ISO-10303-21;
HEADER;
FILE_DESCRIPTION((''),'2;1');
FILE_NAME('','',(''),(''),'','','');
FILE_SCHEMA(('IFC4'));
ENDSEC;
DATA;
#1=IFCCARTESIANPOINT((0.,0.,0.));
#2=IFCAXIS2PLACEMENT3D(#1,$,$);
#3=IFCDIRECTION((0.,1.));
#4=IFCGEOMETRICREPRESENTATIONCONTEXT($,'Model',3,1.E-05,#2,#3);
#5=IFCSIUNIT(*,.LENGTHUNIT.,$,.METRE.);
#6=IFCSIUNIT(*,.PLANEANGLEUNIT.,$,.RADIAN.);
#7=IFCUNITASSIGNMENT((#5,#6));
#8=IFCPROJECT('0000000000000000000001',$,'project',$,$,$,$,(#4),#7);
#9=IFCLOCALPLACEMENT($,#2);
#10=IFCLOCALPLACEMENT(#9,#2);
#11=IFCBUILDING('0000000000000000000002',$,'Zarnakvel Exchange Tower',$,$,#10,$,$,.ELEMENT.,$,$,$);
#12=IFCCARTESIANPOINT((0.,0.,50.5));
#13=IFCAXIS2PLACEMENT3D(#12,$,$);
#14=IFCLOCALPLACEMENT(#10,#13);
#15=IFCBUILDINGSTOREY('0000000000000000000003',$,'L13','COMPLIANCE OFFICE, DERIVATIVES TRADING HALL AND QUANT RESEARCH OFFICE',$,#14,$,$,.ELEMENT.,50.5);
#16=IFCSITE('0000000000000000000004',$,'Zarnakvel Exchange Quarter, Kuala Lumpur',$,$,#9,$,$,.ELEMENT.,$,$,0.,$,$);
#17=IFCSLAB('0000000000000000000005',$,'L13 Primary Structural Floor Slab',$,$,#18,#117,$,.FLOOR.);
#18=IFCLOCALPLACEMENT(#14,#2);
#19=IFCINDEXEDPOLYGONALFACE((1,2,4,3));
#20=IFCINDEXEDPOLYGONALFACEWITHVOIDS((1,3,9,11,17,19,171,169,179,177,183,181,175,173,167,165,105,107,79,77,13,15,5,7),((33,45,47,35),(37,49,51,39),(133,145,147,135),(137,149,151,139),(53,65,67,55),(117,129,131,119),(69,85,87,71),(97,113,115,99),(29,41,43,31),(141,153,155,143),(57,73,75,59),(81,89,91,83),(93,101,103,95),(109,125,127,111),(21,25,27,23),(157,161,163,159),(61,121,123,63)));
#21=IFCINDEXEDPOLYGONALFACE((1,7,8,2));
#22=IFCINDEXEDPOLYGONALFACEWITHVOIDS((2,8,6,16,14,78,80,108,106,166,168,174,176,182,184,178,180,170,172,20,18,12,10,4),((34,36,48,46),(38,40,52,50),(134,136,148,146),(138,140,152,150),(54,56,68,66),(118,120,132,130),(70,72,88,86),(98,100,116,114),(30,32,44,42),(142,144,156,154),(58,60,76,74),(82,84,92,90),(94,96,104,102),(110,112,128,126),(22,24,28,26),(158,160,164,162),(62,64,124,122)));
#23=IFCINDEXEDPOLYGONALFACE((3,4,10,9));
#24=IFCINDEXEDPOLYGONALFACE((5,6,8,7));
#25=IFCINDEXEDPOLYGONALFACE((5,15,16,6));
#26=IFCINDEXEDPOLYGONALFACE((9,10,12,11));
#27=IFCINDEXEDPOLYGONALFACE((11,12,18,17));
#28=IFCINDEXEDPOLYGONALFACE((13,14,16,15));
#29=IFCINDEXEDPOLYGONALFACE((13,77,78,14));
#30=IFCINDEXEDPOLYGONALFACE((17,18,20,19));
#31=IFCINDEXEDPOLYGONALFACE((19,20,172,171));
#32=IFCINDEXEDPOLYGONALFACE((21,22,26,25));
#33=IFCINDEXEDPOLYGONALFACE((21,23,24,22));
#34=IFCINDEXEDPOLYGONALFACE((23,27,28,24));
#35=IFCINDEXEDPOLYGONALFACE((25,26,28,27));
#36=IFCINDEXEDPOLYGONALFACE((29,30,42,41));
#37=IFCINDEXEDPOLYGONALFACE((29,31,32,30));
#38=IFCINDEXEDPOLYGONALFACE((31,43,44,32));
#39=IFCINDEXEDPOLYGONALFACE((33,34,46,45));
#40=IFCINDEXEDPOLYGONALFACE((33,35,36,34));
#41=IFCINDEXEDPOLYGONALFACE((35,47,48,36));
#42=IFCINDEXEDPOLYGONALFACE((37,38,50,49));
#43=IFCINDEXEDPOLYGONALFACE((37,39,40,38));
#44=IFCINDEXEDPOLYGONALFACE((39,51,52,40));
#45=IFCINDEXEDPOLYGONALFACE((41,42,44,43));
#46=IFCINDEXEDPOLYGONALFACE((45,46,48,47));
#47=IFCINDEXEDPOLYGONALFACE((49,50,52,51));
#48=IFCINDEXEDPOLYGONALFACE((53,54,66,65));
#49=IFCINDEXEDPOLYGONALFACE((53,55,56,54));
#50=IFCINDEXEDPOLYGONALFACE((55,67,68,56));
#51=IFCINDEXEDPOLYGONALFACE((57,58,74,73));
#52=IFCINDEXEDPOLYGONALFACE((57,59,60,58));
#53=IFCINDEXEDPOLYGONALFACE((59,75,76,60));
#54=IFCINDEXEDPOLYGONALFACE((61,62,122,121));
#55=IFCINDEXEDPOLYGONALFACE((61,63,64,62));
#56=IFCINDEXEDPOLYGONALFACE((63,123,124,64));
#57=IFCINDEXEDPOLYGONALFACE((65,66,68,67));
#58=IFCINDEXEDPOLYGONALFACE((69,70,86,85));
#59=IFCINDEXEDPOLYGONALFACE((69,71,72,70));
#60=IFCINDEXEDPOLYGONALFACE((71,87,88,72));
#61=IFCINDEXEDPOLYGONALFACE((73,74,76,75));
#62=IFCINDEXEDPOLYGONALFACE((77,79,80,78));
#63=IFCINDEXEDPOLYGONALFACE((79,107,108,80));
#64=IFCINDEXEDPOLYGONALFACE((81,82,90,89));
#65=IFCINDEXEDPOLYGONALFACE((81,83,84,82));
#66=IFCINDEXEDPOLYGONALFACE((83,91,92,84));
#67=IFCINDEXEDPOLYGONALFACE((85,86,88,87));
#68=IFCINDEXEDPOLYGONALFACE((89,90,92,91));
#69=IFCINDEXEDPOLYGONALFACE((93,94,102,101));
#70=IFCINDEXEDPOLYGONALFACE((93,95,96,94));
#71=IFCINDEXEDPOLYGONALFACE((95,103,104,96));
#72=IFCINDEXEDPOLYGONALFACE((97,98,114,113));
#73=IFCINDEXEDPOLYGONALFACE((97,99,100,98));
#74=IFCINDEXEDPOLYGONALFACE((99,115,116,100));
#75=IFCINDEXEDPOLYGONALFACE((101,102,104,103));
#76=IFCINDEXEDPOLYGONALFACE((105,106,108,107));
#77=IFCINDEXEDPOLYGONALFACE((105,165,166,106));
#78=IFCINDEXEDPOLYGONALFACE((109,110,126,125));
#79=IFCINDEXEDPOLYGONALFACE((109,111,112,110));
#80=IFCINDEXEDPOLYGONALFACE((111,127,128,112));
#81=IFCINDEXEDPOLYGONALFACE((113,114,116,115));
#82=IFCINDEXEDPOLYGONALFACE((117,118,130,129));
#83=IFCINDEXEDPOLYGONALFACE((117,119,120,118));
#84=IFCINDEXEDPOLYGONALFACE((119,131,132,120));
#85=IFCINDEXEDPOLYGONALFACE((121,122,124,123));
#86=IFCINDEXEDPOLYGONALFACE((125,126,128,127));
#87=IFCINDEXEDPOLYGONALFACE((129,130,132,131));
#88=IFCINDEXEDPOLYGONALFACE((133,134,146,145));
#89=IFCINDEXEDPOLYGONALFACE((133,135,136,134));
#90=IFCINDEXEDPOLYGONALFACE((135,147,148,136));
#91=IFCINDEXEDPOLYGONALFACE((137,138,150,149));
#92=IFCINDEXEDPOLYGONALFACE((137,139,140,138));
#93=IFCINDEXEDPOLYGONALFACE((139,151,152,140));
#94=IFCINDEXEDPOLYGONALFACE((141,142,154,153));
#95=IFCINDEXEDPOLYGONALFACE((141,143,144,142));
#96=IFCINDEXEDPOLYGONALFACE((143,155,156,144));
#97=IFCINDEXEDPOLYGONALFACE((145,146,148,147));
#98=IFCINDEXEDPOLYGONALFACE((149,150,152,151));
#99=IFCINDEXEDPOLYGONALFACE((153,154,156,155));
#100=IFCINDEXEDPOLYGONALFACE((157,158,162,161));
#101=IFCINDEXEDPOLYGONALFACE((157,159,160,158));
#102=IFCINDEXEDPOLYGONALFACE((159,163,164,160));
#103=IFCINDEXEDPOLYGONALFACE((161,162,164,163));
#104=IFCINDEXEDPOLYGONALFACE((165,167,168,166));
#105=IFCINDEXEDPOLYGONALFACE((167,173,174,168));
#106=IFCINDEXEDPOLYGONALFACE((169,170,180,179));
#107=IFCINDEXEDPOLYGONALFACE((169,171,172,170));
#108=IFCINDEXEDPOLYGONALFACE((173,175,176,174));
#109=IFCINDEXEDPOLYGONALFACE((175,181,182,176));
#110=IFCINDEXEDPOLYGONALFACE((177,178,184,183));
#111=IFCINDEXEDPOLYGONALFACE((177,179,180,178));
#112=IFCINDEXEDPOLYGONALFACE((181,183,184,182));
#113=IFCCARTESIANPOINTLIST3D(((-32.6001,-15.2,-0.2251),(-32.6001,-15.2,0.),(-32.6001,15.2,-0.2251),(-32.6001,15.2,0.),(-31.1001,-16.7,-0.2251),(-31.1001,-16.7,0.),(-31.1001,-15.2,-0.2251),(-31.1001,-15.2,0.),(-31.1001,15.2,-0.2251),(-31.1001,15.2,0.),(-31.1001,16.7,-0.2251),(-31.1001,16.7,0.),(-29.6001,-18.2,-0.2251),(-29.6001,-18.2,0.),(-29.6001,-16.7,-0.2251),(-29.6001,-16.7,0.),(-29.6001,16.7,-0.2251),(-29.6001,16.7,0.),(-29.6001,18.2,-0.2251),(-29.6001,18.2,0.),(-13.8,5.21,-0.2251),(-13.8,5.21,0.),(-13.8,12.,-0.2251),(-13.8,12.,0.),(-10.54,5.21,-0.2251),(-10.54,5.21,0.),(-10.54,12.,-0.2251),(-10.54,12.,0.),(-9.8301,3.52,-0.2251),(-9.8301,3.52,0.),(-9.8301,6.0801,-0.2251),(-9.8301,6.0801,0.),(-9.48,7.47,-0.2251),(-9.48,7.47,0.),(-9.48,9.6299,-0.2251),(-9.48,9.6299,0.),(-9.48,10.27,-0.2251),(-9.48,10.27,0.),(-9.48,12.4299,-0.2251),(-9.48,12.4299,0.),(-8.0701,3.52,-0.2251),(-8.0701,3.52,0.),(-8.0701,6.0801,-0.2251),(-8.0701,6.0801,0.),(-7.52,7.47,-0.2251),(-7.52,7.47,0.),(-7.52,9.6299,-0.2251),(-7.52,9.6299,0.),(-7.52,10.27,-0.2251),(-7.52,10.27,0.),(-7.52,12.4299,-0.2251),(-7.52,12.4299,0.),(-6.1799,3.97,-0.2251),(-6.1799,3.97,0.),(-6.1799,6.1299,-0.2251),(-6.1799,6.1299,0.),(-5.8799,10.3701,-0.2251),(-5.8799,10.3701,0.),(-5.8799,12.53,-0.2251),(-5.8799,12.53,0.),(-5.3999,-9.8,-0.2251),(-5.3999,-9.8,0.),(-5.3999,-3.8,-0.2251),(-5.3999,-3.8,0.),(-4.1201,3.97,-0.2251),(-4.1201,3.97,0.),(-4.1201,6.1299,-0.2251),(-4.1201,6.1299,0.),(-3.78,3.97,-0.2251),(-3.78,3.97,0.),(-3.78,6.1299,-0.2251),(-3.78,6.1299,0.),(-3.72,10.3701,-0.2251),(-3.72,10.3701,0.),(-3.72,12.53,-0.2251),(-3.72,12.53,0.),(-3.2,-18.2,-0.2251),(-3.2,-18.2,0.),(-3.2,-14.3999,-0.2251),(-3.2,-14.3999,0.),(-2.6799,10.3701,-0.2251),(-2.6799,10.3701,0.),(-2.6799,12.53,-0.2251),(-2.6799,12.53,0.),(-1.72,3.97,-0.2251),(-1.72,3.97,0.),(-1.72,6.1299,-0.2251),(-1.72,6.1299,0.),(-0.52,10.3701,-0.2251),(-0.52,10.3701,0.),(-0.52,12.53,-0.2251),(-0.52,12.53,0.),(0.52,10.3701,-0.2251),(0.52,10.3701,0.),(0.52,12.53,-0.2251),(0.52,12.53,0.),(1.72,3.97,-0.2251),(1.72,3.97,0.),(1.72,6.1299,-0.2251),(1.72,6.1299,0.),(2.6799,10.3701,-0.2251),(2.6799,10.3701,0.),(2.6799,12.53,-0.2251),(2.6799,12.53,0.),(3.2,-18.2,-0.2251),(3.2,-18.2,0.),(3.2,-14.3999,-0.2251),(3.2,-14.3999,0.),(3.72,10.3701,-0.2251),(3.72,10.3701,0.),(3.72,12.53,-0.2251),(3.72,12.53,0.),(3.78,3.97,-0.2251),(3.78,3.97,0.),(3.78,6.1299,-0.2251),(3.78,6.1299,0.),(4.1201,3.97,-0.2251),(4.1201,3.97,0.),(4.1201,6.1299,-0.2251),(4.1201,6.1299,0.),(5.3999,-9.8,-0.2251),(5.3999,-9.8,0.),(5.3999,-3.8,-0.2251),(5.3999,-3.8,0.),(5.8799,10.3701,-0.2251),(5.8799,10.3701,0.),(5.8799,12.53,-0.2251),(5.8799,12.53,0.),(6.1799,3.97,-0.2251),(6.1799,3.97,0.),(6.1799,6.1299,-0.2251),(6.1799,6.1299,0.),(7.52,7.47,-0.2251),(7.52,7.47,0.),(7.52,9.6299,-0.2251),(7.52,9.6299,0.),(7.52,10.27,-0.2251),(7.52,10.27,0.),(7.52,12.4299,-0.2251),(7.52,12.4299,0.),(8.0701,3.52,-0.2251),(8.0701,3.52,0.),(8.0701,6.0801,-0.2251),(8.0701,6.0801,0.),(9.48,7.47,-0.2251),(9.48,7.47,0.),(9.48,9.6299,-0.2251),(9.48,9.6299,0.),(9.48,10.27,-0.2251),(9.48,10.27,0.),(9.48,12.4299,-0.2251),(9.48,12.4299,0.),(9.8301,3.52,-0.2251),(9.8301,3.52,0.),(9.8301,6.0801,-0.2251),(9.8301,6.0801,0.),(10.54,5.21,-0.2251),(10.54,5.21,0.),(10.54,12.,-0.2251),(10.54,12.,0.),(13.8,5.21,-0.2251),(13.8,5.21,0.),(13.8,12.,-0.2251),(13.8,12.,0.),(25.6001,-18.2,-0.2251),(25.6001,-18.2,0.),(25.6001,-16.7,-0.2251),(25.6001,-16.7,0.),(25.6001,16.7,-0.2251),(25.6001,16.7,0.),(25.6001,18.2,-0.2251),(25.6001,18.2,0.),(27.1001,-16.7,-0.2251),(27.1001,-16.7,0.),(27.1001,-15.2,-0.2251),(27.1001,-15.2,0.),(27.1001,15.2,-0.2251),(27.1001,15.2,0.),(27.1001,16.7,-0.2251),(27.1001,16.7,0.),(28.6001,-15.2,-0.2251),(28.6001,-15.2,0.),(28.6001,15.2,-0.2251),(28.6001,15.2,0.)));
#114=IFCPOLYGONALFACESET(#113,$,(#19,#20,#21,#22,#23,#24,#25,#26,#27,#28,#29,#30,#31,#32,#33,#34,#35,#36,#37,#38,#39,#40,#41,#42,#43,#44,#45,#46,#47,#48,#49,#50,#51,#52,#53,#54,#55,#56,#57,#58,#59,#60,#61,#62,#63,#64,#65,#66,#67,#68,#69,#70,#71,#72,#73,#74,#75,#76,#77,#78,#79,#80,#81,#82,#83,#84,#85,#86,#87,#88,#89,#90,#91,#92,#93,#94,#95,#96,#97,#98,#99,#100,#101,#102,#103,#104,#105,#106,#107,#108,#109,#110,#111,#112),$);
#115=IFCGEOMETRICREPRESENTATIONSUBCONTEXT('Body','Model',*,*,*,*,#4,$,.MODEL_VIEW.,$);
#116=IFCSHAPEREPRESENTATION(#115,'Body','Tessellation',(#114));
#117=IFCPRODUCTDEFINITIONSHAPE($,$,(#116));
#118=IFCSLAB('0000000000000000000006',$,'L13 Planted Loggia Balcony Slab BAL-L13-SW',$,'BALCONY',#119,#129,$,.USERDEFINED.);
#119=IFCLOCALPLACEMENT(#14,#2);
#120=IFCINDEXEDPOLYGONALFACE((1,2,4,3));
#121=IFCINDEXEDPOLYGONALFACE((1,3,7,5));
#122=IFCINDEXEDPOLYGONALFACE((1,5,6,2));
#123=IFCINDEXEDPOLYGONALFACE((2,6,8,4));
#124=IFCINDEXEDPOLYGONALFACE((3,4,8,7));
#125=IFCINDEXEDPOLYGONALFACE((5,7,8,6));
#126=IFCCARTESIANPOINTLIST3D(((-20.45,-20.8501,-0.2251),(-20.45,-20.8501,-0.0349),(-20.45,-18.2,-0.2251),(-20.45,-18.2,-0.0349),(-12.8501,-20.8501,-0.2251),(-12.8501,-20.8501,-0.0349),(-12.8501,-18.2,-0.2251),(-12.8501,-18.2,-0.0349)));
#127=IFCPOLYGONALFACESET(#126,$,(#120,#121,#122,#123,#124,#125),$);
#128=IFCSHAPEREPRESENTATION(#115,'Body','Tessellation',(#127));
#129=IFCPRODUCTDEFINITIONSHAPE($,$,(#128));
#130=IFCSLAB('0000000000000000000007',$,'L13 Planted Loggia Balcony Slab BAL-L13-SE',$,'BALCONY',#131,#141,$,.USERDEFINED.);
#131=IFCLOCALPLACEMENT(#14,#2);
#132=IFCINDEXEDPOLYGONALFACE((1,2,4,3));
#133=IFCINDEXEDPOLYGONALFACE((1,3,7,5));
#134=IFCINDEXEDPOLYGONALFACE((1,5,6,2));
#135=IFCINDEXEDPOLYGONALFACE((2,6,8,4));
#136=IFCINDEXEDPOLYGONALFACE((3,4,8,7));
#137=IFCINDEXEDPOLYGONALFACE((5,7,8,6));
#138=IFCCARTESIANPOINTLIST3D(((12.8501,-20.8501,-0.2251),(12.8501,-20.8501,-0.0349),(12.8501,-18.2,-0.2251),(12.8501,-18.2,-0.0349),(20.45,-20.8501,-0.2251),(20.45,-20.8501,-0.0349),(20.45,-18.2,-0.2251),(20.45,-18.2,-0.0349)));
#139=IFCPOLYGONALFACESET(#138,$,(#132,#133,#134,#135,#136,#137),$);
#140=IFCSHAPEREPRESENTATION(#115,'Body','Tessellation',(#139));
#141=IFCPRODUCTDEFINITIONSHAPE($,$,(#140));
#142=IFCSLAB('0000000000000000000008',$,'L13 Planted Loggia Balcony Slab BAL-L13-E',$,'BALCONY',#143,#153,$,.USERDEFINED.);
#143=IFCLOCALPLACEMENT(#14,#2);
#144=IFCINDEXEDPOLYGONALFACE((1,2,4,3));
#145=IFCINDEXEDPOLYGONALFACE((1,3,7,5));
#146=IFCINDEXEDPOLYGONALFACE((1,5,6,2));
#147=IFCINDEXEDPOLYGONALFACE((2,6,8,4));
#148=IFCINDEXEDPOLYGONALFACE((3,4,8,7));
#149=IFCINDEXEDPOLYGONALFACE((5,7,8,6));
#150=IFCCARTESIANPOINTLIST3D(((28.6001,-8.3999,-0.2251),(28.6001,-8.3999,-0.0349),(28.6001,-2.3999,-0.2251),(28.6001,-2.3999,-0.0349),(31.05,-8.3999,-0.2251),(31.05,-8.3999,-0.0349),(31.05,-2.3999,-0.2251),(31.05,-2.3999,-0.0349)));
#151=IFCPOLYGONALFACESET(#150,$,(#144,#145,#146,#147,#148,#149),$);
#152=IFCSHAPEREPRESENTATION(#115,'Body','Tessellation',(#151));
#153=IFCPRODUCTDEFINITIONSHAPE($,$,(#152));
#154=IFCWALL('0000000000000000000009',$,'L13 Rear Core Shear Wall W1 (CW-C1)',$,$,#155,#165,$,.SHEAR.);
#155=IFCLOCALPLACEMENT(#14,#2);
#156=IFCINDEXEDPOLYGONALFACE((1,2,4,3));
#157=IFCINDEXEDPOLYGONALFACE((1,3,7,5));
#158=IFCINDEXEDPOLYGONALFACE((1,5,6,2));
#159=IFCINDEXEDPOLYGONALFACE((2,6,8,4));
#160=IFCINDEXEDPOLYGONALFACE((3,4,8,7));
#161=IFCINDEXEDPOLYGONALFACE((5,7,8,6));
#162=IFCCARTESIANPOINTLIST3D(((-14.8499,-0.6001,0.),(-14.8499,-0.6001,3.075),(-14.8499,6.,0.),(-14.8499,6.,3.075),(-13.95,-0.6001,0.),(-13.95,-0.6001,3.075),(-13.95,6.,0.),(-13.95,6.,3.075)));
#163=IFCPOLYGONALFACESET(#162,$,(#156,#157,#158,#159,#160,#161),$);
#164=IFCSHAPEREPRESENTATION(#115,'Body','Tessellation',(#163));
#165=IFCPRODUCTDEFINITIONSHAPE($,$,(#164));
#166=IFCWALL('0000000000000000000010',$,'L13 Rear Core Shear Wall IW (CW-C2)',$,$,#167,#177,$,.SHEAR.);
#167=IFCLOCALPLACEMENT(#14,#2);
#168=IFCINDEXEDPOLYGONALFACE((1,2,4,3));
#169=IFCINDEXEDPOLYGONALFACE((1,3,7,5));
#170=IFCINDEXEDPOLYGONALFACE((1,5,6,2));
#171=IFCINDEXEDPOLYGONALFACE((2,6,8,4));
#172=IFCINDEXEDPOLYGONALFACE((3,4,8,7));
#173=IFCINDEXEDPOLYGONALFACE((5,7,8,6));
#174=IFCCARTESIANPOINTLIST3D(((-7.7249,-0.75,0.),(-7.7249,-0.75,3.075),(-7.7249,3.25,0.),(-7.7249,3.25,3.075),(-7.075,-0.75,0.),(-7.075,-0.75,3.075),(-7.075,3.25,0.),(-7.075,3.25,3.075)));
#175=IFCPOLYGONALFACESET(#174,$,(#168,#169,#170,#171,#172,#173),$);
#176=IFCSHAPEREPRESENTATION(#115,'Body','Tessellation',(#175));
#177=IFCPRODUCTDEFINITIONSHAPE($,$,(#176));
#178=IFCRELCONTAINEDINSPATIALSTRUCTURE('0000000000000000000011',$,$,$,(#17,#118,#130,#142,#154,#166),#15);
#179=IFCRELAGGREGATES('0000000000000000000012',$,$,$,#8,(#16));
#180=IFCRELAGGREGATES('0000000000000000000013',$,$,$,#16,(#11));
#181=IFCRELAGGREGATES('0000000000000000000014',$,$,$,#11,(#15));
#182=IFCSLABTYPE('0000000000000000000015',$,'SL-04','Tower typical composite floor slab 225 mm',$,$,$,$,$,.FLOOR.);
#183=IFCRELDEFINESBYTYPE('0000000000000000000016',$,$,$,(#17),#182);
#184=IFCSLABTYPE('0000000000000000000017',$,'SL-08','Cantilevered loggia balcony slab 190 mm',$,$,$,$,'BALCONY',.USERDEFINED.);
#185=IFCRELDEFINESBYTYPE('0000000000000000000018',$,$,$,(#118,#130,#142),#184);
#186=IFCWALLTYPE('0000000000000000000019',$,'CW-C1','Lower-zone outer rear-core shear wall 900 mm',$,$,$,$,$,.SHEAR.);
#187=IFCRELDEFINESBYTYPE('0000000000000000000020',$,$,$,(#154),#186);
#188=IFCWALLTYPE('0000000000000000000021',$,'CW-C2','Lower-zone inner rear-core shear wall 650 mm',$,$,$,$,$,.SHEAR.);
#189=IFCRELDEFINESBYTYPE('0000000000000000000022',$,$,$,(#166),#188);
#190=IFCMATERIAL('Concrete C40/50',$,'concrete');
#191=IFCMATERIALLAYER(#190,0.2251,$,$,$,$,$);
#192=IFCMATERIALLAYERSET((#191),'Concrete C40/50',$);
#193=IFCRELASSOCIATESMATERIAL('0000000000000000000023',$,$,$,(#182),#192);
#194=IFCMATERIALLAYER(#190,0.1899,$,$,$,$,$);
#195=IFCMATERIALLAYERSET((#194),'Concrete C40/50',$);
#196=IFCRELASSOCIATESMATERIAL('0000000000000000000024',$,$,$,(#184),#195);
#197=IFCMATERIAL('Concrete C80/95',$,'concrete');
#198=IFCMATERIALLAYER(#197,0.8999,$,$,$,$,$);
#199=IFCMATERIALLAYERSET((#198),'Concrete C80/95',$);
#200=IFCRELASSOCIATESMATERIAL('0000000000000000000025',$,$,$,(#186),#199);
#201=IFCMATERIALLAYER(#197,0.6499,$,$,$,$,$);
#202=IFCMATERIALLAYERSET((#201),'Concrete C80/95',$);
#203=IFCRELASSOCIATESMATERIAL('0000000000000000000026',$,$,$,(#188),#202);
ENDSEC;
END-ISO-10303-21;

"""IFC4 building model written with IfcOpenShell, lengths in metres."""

from ifc_helpers import new_model, si_unit, direction, frame, frame_2d, origin, place, context, subcontext, project, spatial, polyline, rectangle, outline, extrude, material, layer, layer_set, type_object, element, save


model = new_model("IFC4")

# Units and contexts
model_context = context("Model", 3, precision=1e-05, world=origin(), true_north=direction((0.0, 1.0)))
body_context = subcontext(model_context, "Body", "Model", "MODEL_VIEW")
ifc_project = project(units=[si_unit("LENGTHUNIT", "METRE"), si_unit("PLANEANGLEUNIT", "RADIAN")], contexts=[model_context])

# Site, building, storey
site_placement = place(None, origin())
site = spatial("IfcSite", under=ifc_project, at=site_placement, Name="Zarnakvel Exchange Quarter, Kuala Lumpur", CompositionType="ELEMENT", RefElevation=0.0)
building_placement = place(site_placement, origin())
building = spatial("IfcBuilding", under=site, at=building_placement, Name="Zarnakvel Exchange Tower", CompositionType="ELEMENT")
storey_placement = place(building_placement, frame((0.0, 0.0, 50.5)))
storey = spatial("IfcBuildingStorey", under=building, at=storey_placement, Name="L13", Description="COMPLIANCE OFFICE, DERIVATIVES TRADING HALL AND QUANT RESEARCH OFFICE", CompositionType="ELEMENT", Elevation=50.5)

# Shared definitions
ifc_material_1 = material(Name="Concrete C80/95", Category="concrete")

# Shared definitions
ifc_material_2 = material(Name="Concrete C40/50", Category="concrete")

# Slabs
ifc_layer_1 = layer(ifc_material_2, 0.2251)
ifc_layer_set_1 = layer_set([ifc_layer_1], Name="Concrete C40/50")
slab_type_1 = type_object("IfcSlabType", Name="SL-04", Description="Tower typical composite floor slab 225 mm", PredefinedType="FLOOR", material=ifc_layer_set_1)
slab_1_placement = place(storey_placement, frame((0.0, 0.0, -0.2251)))
element("IfcSlab", 1, at=slab_1_placement, inside=storey, type_object=slab_type_1, Name="L13 Primary Structural Floor Slab", PredefinedType="FLOOR", context=body_context, shape_type="SweptSolid", body=[
    extrude(outline(polyline([(-32.6001, -15.2), (-31.1001, -15.2), (-31.1001, -16.7), (-29.6001, -16.7), (-29.6001, -18.2), (-3.2, -18.2), (-3.2, -14.3999), (3.2, -14.3999), (3.2, -18.2), (25.6001, -18.2), (25.6001, -16.7), (27.1001, -16.7), (27.1001, -15.2), (28.6001, -15.2), (28.6001, 15.2), (27.1001, 15.2), (27.1001, 16.7), (25.6001, 16.7), (25.6001, 18.2), (-29.6001, 18.2), (-29.6001, 16.7), (-31.1001, 16.7), (-31.1001, 15.2), (-32.6001, 15.2), (-32.6001, -15.2)]), holes=[polyline([(-5.3999, -9.8), (5.3999, -9.8), (5.3999, -3.8), (-5.3999, -3.8), (-5.3999, -9.8)]), polyline([(-13.8, 5.21), (-10.54, 5.21), (-10.54, 12.0), (-13.8, 12.0), (-13.8, 5.21)]), polyline([(10.54, 5.21), (13.8, 5.21), (13.8, 12.0), (10.54, 12.0), (10.54, 5.21)]), polyline([(-9.8301, 3.52), (-8.0701, 3.52), (-8.0701, 6.0801), (-9.8301, 6.0801), (-9.8301, 3.52)]), polyline([(8.0701, 3.52), (9.8301, 3.52), (9.8301, 6.0801), (8.0701, 6.0801), (8.0701, 3.52)]), polyline([(-5.8799, 10.3701), (-3.72, 10.3701), (-3.72, 12.53), (-5.8799, 12.53), (-5.8799, 10.3701)]), polyline([(-2.6799, 10.3701), (-0.52, 10.3701), (-0.52, 12.53), (-2.6799, 12.53), (-2.6799, 10.3701)]), polyline([(0.52, 10.3701), (2.6799, 10.3701), (2.6799, 12.53), (0.52, 12.53), (0.52, 10.3701)]), polyline([(3.72, 10.3701), (5.8799, 10.3701), (5.8799, 12.53), (3.72, 12.53), (3.72, 10.3701)]), polyline([(-6.1799, 3.97), (-4.1201, 3.97), (-4.1201, 6.1299), (-6.1799, 6.1299), (-6.1799, 3.97)]), polyline([(-3.78, 3.97), (-1.72, 3.97), (-1.72, 6.1299), (-3.78, 6.1299), (-3.78, 3.97)]), polyline([(1.72, 3.97), (3.78, 3.97), (3.78, 6.1299), (1.72, 6.1299), (1.72, 3.97)]), polyline([(4.1201, 3.97), (6.1799, 3.97), (6.1799, 6.1299), (4.1201, 6.1299), (4.1201, 3.97)]), polyline([(-9.48, 7.47), (-7.52, 7.47), (-7.52, 9.6299), (-9.48, 9.6299), (-9.48, 7.47)]), polyline([(-9.48, 10.27), (-7.52, 10.27), (-7.52, 12.4299), (-9.48, 12.4299), (-9.48, 10.27)]), polyline([(7.52, 7.47), (9.48, 7.47), (9.48, 9.6299), (7.52, 9.6299), (7.52, 7.47)]), polyline([(7.52, 10.27), (9.48, 10.27), (9.48, 12.4299), (7.52, 12.4299), (7.52, 10.27)])]), origin(), (0.0, 0.0, 1.0), 0.2251),
])
ifc_layer_2 = layer(ifc_material_2, 0.1899)
ifc_layer_set_2 = layer_set([ifc_layer_2], Name="Concrete C40/50")
slab_type_2 = type_object("IfcSlabType", Name="SL-08", Description="Cantilevered loggia balcony slab 190 mm", ElementType="BALCONY", PredefinedType="USERDEFINED", material=ifc_layer_set_2)
slab_2_placement = place(storey_placement, frame((0.0, 0.0, -0.2251)))
element("IfcSlab", 2, at=slab_2_placement, inside=storey, type_object=slab_type_2, Name="L13 Planted Loggia Balcony Slab BAL-L13-SW", ObjectType="BALCONY", PredefinedType="USERDEFINED", context=body_context, shape_type="SweptSolid", body=[
    extrude(outline(polyline([(-20.45, -20.8501), (-12.8501, -20.8501), (-12.8501, -18.2), (-20.45, -18.2), (-20.45, -20.8501)])), origin(), (0.0, 0.0, 1.0), 0.1902),
])
slab_3_placement = place(storey_placement, frame((0.0, 0.0, -0.2251)))
element("IfcSlab", 3, at=slab_3_placement, inside=storey, type_object=slab_type_2, Name="L13 Planted Loggia Balcony Slab BAL-L13-SE", ObjectType="BALCONY", PredefinedType="USERDEFINED", context=body_context, shape_type="SweptSolid", body=[
    extrude(outline(polyline([(12.8501, -20.8501), (20.45, -20.8501), (20.45, -18.2), (12.8501, -18.2), (12.8501, -20.8501)])), origin(), (0.0, 0.0, 1.0), 0.1902),
])
slab_4_placement = place(storey_placement, frame((0.0, 0.0, -0.2251)))
element("IfcSlab", 4, at=slab_4_placement, inside=storey, type_object=slab_type_2, Name="L13 Planted Loggia Balcony Slab BAL-L13-E", ObjectType="BALCONY", PredefinedType="USERDEFINED", context=body_context, shape_type="SweptSolid", body=[
    extrude(outline(polyline([(28.6001, -8.3999), (31.05, -8.3999), (31.05, -2.3999), (28.6001, -2.3999), (28.6001, -8.3999)])), origin(), (0.0, 0.0, 1.0), 0.1902),
])

# Wall
ifc_layer_3 = layer(ifc_material_1, 0.8999)
ifc_layer_set_3 = layer_set([ifc_layer_3], Name="Concrete C80/95")
wall_type_1 = type_object("IfcWallType", Name="CW-C1", Description="Lower-zone outer rear-core shear wall 900 mm", PredefinedType="SHEAR", material=ifc_layer_set_3)
wall_1_placement = place(storey_placement, frame((-14.3999, -0.6001, 0.0), z_axis=(0.0, 0.0, 1.0), x_axis=(0.0, 1.0, 0.0)))
element("IfcWall", 5, at=wall_1_placement, inside=storey, type_object=wall_type_1, Name="L13 Rear Core Shear Wall W1 (CW-C1)", PredefinedType="SHEAR", context=body_context, shape_type="SweptSolid", body=[
    extrude(rectangle(XDim=6.6001, YDim=0.8999, at=frame_2d((3.3, 0.0))), origin(), (0.0, 0.0, 1.0), 3.075),
])

# Wall
ifc_layer_4 = layer(ifc_material_1, 0.6499)
ifc_layer_set_4 = layer_set([ifc_layer_4], Name="Concrete C80/95")
wall_type_2 = type_object("IfcWallType", Name="CW-C2", Description="Lower-zone inner rear-core shear wall 650 mm", PredefinedType="SHEAR", material=ifc_layer_set_4)
wall_2_placement = place(storey_placement, frame((-7.3999, -0.75, 0.0), z_axis=(0.0, 0.0, 1.0), x_axis=(0.0, 1.0, 0.0)))
element("IfcWall", 6, at=wall_2_placement, inside=storey, type_object=wall_type_2, Name="L13 Rear Core Shear Wall IW (CW-C2)", PredefinedType="SHEAR", context=body_context, shape_type="SweptSolid", body=[
    extrude(rectangle(XDim=4.0, YDim=0.6499, at=frame_2d((2.0, 0.0))), origin(), (0.0, 0.0, 1.0), 3.075),
])

save(model, "model.ifc")
